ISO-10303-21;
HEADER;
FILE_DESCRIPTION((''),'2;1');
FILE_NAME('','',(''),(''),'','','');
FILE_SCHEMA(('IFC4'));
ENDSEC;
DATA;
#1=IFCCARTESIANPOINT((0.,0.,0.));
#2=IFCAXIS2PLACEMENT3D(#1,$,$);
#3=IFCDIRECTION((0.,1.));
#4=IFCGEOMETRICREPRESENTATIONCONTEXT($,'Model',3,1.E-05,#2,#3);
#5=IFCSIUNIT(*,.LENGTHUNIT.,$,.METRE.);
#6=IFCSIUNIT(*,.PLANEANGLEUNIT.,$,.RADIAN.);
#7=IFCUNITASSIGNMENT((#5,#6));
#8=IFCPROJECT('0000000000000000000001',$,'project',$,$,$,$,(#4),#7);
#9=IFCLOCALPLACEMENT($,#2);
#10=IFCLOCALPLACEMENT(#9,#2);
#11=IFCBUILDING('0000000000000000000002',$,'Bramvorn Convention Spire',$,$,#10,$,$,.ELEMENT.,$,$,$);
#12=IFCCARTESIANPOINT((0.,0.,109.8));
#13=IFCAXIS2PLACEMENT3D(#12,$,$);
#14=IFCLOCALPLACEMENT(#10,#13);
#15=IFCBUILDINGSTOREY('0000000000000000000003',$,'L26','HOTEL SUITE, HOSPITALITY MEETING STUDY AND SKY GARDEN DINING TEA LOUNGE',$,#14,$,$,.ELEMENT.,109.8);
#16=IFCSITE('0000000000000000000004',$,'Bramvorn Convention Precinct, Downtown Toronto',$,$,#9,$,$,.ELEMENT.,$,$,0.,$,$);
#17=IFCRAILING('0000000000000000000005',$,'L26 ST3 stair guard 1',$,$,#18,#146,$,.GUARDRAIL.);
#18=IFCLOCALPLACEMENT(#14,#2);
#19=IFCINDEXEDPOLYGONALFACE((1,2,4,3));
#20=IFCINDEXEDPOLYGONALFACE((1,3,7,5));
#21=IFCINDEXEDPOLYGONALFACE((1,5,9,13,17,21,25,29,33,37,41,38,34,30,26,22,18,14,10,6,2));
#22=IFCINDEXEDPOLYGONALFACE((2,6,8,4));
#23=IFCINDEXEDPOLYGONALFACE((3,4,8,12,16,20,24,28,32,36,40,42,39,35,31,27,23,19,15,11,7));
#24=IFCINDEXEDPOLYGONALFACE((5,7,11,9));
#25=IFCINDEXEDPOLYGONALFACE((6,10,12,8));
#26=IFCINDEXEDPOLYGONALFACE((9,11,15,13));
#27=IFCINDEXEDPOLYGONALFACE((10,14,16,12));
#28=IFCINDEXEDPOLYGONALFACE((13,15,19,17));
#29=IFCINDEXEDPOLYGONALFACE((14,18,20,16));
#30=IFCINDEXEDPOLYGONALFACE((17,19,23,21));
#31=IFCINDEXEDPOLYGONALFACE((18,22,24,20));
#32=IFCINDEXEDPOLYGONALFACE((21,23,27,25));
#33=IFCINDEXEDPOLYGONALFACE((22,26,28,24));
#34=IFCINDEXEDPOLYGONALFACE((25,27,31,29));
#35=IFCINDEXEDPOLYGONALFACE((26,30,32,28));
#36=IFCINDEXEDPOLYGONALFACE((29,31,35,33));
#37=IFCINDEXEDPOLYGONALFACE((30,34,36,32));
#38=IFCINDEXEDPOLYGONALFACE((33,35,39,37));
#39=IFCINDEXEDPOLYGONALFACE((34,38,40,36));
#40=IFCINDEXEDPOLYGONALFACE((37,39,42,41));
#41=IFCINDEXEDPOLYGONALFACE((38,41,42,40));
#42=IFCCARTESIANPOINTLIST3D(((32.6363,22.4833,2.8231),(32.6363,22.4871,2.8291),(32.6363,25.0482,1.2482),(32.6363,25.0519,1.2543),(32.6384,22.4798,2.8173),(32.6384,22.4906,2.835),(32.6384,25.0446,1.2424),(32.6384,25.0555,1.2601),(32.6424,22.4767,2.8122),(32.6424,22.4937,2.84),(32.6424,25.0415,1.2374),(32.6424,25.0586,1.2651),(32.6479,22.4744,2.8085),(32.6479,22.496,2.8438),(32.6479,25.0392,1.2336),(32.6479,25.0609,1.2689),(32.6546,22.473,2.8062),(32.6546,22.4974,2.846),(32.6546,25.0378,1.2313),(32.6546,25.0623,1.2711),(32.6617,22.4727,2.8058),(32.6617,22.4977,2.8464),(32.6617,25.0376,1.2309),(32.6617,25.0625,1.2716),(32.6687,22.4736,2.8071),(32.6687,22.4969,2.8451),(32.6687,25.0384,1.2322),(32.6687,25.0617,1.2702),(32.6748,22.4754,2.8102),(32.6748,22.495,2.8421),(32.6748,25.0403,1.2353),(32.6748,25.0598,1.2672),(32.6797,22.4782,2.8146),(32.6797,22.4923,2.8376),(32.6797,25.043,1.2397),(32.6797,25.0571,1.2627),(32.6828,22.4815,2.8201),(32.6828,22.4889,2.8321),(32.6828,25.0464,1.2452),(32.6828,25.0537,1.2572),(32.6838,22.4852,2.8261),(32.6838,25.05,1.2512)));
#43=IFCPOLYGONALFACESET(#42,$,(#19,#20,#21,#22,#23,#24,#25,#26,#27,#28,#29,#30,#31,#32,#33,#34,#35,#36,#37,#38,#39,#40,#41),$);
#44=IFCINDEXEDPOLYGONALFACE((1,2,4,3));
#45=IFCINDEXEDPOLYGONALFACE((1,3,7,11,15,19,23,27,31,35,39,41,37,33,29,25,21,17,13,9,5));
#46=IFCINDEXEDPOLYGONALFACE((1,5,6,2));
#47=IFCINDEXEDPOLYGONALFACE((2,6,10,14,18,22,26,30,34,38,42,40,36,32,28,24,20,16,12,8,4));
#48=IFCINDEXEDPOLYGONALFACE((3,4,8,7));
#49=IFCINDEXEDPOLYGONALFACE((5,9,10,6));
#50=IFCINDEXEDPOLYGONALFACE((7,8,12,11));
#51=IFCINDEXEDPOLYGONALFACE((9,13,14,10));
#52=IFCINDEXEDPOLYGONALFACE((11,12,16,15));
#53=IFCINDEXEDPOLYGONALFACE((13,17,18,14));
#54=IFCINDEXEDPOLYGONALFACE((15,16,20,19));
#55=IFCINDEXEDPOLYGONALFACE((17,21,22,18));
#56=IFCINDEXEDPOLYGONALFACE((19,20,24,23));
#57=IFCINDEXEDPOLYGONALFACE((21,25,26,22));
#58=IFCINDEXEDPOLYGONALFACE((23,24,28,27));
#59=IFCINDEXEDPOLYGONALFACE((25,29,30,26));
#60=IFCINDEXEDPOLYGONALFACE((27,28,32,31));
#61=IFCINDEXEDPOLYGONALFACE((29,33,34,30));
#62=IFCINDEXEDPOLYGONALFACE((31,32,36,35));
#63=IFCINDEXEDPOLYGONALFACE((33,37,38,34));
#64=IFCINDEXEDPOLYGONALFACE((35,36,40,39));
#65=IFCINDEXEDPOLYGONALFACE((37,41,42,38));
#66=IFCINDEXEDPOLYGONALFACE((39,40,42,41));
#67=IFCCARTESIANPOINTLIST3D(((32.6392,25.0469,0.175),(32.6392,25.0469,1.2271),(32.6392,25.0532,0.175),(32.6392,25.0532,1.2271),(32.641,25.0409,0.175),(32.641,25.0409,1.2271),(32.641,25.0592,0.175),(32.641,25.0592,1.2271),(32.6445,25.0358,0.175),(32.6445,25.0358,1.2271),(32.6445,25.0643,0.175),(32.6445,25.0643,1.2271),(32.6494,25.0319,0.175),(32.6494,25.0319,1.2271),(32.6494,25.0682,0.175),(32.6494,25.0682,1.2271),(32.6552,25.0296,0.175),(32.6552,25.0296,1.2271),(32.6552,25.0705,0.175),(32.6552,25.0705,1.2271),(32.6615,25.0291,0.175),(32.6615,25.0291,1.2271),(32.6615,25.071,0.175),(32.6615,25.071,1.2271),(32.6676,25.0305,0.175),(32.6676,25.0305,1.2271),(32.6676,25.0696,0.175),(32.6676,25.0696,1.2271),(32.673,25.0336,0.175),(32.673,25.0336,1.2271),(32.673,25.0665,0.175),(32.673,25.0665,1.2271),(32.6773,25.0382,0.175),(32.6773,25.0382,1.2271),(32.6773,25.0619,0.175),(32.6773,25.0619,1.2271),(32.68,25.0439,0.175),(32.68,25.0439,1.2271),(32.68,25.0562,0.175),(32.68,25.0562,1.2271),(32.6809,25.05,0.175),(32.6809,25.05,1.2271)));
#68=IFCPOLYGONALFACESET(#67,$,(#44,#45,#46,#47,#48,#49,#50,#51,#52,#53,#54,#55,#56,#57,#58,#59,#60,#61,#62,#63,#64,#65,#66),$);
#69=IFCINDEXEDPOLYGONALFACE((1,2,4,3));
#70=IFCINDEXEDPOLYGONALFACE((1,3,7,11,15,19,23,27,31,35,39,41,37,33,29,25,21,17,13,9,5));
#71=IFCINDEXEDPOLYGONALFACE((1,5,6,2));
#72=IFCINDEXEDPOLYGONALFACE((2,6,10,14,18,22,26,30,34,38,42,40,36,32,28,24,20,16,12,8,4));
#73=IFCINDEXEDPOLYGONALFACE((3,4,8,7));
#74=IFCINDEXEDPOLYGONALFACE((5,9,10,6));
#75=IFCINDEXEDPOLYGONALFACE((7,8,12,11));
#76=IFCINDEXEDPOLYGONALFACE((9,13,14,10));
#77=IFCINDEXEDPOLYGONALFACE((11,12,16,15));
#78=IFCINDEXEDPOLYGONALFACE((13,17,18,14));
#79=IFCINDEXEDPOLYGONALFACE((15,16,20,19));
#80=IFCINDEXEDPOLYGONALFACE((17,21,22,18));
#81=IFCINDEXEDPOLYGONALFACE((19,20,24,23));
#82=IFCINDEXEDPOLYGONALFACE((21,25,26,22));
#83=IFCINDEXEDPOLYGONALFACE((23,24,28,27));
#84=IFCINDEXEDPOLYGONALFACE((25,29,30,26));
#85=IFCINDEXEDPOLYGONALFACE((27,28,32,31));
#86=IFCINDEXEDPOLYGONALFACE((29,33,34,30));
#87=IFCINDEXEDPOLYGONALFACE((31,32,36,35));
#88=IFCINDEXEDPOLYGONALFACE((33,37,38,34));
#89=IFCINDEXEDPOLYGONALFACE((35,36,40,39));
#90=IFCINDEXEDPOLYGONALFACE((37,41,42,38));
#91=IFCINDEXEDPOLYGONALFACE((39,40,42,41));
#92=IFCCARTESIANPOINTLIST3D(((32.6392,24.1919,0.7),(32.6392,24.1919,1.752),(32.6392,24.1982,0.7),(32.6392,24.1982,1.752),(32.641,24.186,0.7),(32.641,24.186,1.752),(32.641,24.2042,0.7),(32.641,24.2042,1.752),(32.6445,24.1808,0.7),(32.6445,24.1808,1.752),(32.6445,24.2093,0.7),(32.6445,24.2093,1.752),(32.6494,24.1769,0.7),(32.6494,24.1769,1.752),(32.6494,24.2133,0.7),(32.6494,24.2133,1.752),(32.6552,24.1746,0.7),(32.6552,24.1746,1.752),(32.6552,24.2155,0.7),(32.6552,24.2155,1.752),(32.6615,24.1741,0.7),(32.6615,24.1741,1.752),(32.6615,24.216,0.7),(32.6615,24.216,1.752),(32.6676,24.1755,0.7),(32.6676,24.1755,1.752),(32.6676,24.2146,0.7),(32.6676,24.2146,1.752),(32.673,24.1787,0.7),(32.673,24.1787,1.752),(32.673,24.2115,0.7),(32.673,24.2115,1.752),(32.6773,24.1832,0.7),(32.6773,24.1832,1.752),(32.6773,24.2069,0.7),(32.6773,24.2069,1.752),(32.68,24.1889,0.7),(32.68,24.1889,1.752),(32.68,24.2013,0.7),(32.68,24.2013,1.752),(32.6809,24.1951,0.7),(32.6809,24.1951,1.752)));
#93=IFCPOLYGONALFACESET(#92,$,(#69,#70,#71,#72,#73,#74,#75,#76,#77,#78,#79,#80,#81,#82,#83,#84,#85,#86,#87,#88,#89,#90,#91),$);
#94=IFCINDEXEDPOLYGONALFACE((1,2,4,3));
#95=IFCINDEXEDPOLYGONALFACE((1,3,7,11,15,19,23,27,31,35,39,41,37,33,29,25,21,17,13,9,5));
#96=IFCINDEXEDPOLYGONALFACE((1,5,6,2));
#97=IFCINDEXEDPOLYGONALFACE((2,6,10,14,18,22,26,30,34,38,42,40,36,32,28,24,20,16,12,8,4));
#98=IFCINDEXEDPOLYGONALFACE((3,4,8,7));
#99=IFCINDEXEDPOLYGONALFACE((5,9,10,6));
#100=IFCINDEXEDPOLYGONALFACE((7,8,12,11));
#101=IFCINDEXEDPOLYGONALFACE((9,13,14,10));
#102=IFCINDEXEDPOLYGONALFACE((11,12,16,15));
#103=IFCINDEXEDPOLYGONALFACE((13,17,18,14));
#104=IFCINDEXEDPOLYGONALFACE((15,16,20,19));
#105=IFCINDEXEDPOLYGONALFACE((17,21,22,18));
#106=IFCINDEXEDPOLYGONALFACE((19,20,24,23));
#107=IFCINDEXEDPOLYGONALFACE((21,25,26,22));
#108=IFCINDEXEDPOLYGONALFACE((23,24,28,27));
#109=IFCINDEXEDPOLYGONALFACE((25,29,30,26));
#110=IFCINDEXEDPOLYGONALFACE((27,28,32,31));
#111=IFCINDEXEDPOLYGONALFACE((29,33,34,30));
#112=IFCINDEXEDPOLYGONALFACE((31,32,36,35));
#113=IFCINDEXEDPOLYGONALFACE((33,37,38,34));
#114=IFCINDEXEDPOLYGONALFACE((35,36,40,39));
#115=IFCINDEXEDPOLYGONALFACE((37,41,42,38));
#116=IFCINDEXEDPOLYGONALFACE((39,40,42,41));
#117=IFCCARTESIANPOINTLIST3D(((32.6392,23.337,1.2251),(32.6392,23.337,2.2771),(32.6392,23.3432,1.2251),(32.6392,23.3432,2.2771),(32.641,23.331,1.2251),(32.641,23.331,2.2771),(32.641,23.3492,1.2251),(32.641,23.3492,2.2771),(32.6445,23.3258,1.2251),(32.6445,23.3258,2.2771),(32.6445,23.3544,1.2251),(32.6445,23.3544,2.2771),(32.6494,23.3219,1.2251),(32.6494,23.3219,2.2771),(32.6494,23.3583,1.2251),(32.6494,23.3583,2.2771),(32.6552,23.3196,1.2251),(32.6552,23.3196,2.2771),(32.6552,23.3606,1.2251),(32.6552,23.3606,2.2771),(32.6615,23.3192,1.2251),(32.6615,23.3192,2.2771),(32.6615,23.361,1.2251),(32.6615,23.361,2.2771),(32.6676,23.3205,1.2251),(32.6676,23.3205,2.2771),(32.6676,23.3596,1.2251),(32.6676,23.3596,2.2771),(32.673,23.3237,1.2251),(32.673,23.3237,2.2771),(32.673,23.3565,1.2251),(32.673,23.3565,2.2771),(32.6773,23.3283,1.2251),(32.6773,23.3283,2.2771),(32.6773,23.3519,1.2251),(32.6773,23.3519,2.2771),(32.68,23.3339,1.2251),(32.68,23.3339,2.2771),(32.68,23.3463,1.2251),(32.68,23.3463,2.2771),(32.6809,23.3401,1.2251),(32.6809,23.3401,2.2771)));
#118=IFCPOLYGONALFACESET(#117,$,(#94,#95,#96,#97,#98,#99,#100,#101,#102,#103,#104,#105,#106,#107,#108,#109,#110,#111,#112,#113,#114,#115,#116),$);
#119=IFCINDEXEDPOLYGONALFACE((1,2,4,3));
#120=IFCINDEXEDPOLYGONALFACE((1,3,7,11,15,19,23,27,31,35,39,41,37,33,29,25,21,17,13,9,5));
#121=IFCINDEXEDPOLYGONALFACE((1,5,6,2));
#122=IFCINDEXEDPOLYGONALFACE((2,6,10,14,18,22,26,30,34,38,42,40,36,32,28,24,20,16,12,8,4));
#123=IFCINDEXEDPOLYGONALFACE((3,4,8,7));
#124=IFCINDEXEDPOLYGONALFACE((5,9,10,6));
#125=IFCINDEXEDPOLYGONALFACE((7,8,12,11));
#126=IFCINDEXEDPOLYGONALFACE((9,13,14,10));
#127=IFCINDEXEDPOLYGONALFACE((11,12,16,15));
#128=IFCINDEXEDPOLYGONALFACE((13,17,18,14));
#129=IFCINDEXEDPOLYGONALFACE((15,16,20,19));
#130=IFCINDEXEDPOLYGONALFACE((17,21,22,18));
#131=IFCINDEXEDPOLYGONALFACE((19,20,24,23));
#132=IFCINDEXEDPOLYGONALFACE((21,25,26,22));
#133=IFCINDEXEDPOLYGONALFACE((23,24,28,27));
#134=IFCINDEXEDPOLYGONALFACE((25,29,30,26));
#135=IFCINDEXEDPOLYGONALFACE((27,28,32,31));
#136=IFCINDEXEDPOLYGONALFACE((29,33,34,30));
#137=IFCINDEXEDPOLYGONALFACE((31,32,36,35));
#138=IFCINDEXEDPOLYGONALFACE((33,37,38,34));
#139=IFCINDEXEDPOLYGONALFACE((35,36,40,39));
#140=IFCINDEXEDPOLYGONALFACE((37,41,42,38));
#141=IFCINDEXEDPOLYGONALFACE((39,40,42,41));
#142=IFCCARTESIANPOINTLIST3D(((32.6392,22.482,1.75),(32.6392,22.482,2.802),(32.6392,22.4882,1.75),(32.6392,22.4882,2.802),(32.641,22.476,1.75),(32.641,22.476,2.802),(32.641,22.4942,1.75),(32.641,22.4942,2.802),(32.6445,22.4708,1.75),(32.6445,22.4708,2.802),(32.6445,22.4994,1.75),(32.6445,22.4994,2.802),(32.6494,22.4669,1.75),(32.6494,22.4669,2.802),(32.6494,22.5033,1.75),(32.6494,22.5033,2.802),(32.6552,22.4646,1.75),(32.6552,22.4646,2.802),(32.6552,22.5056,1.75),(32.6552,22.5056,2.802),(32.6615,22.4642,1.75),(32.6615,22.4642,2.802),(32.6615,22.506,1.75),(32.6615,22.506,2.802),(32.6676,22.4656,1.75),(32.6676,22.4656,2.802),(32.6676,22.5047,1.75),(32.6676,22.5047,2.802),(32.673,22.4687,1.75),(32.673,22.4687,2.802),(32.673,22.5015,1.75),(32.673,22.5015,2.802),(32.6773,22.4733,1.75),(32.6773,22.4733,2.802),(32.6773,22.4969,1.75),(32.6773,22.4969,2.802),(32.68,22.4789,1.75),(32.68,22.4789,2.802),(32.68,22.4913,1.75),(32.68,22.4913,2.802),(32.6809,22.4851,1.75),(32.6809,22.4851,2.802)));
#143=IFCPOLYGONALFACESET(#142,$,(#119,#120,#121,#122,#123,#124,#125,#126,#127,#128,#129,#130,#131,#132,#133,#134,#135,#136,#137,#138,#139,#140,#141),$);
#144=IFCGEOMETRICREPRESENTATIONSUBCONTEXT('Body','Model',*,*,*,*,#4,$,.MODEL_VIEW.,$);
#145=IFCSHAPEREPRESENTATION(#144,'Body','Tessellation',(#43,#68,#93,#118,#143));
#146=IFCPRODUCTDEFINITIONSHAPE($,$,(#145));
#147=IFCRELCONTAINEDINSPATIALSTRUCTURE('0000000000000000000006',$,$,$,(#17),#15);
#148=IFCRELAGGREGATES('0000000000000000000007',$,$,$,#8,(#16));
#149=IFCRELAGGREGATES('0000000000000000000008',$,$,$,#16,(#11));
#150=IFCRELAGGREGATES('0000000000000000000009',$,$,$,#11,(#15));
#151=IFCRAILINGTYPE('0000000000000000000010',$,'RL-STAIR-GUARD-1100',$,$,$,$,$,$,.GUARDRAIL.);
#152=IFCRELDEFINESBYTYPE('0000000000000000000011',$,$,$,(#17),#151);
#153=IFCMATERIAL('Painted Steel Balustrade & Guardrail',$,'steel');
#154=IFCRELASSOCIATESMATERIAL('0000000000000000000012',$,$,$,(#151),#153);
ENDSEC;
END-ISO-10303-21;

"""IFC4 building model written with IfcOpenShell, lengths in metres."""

from ifc_helpers import new_model, si_unit, direction, frame, origin, origin_2d, place, context, subcontext, project, spatial, circle, extrude, material, type_object, element, save


model = new_model("IFC4")

# Units and contexts
model_context = context("Model", 3, precision=1e-05, world=origin(), true_north=direction((0.0, 1.0)))
body_context = subcontext(model_context, "Body", "Model", "MODEL_VIEW")
ifc_project = project(units=[si_unit("LENGTHUNIT", "METRE"), si_unit("PLANEANGLEUNIT", "RADIAN")], contexts=[model_context])

# Site, building, storey
site_placement = place(None, origin())
site = spatial("IfcSite", under=ifc_project, at=site_placement, Name="Bramvorn Convention Precinct, Downtown Toronto", CompositionType="ELEMENT", RefElevation=0.0)
building_placement = place(site_placement, origin())
building = spatial("IfcBuilding", under=site, at=building_placement, Name="Bramvorn Convention Spire", CompositionType="ELEMENT")
storey_placement = place(building_placement, frame((0.0, 0.0, 109.8)))
storey = spatial("IfcBuildingStorey", under=building, at=storey_placement, Name="L26", Description="HOTEL SUITE, HOSPITALITY MEETING STUDY AND SKY GARDEN DINING TEA LOUNGE", CompositionType="ELEMENT", Elevation=109.8)

# Railing
ifc_material_1 = material(Name="Painted Steel Balustrade & Guardrail", Category="steel")
railing_type = type_object("IfcRailingType", Name="RL-STAIR-GUARD-1100", PredefinedType="GUARDRAIL", material=ifc_material_1)
railing_1_placement = place(storey_placement, frame((32.6599, 25.05, 0.175)))
element("IfcRailing", 1, at=railing_1_placement, inside=storey, type_object=railing_type, Name="L26 ST3 stair guard 1", PredefinedType="GUARDRAIL", context=body_context, shape_type="SweptSolid", body=[
    extrude(circle(Radius=0.0239, at=origin_2d()), frame((0.0, 0.0, 1.0762), z_axis=(0.0, -0.852173, 0.52326), x_axis=(1.0, 0.0, 0.0)), (0.0, 0.0, 1.0), 3.0098),
    extrude(circle(Radius=0.021, at=origin_2d()), origin(), (0.0, 0.0, 1.0), 1.052),
    extrude(circle(Radius=0.021, at=origin_2d()), frame((0.0, -0.855, 0.5249)), (0.0, 0.0, 1.0), 1.052),
    extrude(circle(Radius=0.021, at=origin_2d()), frame((0.0, -1.71, 1.05)), (0.0, 0.0, 1.0), 1.052),
    extrude(circle(Radius=0.021, at=origin_2d()), frame((0.0, -2.5649, 1.575)), (0.0, 0.0, 1.0), 1.052),
])

save(model, "model.ifc")
